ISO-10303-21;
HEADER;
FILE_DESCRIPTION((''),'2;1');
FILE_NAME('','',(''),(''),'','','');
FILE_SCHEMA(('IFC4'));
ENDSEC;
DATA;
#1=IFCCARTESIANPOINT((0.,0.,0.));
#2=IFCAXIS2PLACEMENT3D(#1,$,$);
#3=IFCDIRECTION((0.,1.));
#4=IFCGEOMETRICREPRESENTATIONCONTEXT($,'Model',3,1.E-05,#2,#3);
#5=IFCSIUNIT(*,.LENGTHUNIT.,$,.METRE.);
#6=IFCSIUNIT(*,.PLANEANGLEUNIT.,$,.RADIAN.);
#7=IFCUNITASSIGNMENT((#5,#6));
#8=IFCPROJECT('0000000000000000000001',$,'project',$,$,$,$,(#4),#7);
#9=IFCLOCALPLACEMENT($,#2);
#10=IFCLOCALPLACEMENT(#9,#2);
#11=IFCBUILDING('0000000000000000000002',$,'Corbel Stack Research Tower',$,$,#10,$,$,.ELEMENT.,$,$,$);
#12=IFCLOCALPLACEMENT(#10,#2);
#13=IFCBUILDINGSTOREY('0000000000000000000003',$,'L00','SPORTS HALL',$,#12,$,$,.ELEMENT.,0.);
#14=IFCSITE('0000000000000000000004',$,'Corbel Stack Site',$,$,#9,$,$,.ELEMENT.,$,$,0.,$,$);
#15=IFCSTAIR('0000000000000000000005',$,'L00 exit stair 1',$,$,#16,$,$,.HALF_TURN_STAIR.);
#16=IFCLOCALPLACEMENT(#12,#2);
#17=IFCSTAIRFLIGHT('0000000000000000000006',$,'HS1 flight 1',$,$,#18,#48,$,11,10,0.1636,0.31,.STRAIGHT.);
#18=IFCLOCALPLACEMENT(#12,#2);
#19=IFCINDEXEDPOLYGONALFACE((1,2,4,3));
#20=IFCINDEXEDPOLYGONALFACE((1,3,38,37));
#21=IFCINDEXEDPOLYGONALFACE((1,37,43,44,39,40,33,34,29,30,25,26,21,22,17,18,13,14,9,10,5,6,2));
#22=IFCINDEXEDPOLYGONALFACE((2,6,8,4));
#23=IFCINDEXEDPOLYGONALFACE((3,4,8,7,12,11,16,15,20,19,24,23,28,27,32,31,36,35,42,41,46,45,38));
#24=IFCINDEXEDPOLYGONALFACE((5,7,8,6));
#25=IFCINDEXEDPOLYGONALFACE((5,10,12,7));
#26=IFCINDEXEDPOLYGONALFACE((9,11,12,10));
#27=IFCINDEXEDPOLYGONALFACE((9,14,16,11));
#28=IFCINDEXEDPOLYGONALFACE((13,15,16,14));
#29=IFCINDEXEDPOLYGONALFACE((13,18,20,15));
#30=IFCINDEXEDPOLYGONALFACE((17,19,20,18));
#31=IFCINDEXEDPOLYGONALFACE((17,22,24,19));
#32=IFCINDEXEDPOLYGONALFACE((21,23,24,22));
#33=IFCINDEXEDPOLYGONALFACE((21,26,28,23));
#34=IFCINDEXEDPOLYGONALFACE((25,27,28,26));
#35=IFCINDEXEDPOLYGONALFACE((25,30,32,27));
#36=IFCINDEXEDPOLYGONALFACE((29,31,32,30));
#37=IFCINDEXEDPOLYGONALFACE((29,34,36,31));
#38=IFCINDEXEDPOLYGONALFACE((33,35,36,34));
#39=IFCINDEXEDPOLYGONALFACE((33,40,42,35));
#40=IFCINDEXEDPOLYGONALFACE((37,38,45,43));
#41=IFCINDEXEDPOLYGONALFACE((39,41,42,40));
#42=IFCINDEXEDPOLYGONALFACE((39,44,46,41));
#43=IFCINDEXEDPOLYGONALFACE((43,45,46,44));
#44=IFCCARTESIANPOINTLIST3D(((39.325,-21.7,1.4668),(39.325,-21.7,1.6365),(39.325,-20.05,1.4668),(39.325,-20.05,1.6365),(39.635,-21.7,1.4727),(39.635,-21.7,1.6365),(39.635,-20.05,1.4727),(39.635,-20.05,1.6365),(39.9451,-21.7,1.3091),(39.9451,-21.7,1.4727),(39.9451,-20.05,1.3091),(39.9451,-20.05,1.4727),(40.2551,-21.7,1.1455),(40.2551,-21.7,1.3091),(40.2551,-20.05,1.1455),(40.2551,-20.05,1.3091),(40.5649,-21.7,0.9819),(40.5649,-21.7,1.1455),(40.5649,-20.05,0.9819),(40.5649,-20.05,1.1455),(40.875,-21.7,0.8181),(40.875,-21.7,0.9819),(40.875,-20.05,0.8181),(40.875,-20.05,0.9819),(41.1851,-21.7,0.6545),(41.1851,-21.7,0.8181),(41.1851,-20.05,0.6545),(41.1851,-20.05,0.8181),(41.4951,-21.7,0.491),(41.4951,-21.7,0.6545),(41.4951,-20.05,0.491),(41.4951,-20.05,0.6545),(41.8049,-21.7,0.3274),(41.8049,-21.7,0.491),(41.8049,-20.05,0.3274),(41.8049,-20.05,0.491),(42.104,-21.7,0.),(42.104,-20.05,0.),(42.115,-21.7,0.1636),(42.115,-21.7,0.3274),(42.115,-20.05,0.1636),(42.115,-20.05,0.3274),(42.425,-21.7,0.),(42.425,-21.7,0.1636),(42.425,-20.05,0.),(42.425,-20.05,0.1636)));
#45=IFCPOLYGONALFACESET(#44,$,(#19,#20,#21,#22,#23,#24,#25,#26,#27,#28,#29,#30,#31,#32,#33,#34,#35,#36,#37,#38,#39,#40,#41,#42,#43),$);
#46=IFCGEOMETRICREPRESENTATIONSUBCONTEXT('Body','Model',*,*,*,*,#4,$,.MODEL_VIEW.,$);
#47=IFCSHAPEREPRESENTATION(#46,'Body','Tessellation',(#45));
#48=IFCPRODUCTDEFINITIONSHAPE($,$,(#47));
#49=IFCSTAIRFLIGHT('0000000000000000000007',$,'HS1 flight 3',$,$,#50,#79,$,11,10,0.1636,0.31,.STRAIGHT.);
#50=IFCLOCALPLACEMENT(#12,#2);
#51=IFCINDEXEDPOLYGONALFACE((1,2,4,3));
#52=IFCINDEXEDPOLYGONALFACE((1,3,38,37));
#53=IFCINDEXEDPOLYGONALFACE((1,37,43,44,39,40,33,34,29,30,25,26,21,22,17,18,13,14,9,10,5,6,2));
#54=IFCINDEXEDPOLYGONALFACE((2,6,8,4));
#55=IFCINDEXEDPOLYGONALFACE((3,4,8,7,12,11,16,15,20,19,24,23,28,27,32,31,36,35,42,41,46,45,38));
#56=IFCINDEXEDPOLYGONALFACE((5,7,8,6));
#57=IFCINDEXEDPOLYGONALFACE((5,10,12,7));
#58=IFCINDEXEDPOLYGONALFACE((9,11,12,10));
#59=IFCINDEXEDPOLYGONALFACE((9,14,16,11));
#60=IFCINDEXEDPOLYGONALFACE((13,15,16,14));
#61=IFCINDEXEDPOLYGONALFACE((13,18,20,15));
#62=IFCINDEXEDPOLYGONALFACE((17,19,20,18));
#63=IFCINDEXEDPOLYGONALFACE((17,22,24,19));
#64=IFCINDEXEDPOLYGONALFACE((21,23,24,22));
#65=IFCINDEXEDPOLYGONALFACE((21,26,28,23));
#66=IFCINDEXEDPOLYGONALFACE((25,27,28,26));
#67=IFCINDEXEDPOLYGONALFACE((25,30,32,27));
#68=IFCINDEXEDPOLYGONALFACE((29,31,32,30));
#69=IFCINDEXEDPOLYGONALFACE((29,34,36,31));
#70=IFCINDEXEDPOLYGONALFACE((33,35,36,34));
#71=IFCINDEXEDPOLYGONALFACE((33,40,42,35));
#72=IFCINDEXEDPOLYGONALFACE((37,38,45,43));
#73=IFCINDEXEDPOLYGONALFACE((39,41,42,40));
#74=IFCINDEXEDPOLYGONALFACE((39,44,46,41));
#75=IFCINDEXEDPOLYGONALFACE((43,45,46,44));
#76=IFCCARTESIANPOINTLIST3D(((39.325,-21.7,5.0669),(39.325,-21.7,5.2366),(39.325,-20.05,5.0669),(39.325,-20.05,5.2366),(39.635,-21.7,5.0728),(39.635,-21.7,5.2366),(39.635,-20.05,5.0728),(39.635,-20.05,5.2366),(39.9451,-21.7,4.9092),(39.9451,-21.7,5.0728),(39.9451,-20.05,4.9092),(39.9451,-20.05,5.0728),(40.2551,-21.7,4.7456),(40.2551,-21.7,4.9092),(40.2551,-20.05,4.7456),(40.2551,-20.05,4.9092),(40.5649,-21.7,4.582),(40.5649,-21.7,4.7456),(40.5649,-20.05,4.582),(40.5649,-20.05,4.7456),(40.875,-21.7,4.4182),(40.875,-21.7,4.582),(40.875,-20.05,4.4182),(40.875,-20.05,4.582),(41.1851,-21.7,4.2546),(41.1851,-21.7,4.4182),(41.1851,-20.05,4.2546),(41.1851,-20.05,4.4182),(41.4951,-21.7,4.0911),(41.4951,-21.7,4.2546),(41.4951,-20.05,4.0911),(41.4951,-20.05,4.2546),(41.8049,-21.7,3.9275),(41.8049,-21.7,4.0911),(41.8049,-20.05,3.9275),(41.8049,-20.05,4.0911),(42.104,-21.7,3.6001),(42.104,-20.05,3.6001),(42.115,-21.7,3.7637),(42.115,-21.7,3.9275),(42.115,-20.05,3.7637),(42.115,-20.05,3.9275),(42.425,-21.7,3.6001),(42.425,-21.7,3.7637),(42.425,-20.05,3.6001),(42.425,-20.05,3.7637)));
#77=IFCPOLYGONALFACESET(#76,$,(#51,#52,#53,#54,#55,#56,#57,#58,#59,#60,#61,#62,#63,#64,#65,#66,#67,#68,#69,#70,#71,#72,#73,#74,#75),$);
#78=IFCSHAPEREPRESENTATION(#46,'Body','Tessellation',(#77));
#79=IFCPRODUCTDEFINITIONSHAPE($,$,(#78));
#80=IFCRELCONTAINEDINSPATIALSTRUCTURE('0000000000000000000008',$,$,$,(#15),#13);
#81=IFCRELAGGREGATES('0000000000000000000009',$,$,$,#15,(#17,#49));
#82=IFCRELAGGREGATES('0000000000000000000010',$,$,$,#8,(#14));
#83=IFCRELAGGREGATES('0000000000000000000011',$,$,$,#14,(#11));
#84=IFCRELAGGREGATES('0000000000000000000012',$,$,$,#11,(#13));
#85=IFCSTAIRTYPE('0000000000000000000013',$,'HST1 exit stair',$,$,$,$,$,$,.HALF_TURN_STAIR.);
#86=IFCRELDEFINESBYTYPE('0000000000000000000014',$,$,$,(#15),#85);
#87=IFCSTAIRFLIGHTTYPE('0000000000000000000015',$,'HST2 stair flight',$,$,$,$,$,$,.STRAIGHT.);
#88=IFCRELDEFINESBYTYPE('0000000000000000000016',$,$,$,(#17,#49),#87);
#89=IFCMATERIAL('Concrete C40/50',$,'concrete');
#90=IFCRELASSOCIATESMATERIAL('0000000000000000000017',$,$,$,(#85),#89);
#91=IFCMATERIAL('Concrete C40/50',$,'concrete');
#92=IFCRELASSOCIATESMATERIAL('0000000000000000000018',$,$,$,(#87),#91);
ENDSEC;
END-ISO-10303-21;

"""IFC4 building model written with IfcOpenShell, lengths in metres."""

from ifc_helpers import new_model, si_unit, direction, frame, origin, place, context, subcontext, project, spatial, polyline, outline, extrude, material, type_object, element, aggregate, save


model = new_model("IFC4")

# Units and contexts
model_context = context("Model", 3, precision=1e-05, world=origin(), true_north=direction((0.0, 1.0)))
body_context = subcontext(model_context, "Body", "Model", "MODEL_VIEW")
ifc_project = project(units=[si_unit("LENGTHUNIT", "METRE"), si_unit("PLANEANGLEUNIT", "RADIAN")], contexts=[model_context])

# Site, building, storey
site_placement = place(None, origin())
site = spatial("IfcSite", under=ifc_project, at=site_placement, Name="Corbel Stack Site", CompositionType="ELEMENT", RefElevation=0.0)
building_placement = place(site_placement, origin())
building = spatial("IfcBuilding", under=site, at=building_placement, Name="Corbel Stack Research Tower", CompositionType="ELEMENT")
storey_placement = place(building_placement, origin())
storey = spatial("IfcBuildingStorey", under=building, at=storey_placement, Name="L00", Description="SPORTS HALL", CompositionType="ELEMENT", Elevation=0.0)

# Stair, stair flights
ifc_material_1 = material(Name="Concrete C40/50", Category="concrete")
stair_type = type_object("IfcStairType", Name="HST1 exit stair", PredefinedType="HALF_TURN_STAIR", material=ifc_material_1)
stair_placement = place(storey_placement, origin())
stair = element("IfcStair", 1, at=stair_placement, inside=storey, type_object=stair_type, Name="L00 exit stair 1", PredefinedType="HALF_TURN_STAIR")
ifc_material_2 = material(Name="Concrete C40/50", Category="concrete")
stair_flight_type = type_object("IfcStairFlightType", Name="HST2 stair flight", PredefinedType="STRAIGHT", material=ifc_material_2)
stair_flight_1_placement = place(storey_placement, frame((42.425, -20.875, 0.0), z_axis=(0.0, 0.0, 1.0), x_axis=(-1.0, 0.0, 0.0)))
stair_flight_1 = element("IfcStairFlight", 2, at=stair_flight_1_placement, type_object=stair_flight_type, Name="HS1 flight 1", NumberOfRisers=11, NumberOfTreads=10, PredefinedType="STRAIGHT", RiserHeight=0.1636, TreadLength=0.31, context=body_context, shape_type="SweptSolid", body=[
    extrude(outline(polyline([(0.0, 0.0), (0.0, 0.1636), (0.3101, 0.1636), (0.3101, 0.3274), (0.6201, 0.3274), (0.6201, 0.491), (0.9299, 0.491), (0.9299, 0.6545), (1.24, 0.6545), (1.24, 0.8181), (1.55, 0.8181), (1.55, 0.9819), (1.8601, 0.9819), (1.8601, 1.1455), (2.1699, 1.1455), (2.1699, 1.3091), (2.48, 1.3091), (2.48, 1.4727), (2.79, 1.4727), (2.79, 1.6365), (3.1001, 1.6365), (3.1001, 1.8), (3.1001, 1.4668), (0.321, 0.0), (0.0, 0.0)])), frame((0.0, 0.825, 0.0), z_axis=(0.0, -1.0, 0.0), x_axis=(1.0, 0.0, 0.0)), (0.0, 0.0, 1.0), 1.6499),
])
stair_flight_2_placement = place(storey_placement, frame((42.425, -20.875, 3.6001), z_axis=(0.0, 0.0, 1.0), x_axis=(-1.0, 0.0, 0.0)))
stair_flight_2 = element("IfcStairFlight", 3, at=stair_flight_2_placement, type_object=stair_flight_type, Name="HS1 flight 3", NumberOfRisers=11, NumberOfTreads=10, PredefinedType="STRAIGHT", RiserHeight=0.1636, TreadLength=0.31, context=body_context, shape_type="SweptSolid", body=[
    extrude(outline(polyline([(0.0, 0.0), (0.0, 0.1636), (0.3101, 0.1636), (0.3101, 0.3274), (0.6201, 0.3274), (0.6201, 0.491), (0.9299, 0.491), (0.9299, 0.6545), (1.24, 0.6545), (1.24, 0.8181), (1.55, 0.8181), (1.55, 0.9819), (1.8601, 0.9819), (1.8601, 1.1455), (2.1699, 1.1455), (2.1699, 1.3091), (2.48, 1.3091), (2.48, 1.4727), (2.79, 1.4727), (2.79, 1.6365), (3.1001, 1.6365), (3.1001, 1.8), (3.1001, 1.4668), (0.321, 0.0), (0.0, 0.0)])), frame((0.0, 0.825, 0.0), z_axis=(0.0, -1.0, 0.0), x_axis=(1.0, 0.0, 0.0)), (0.0, 0.0, 1.0), 1.6499),
])
aggregate(stair, [stair_flight_1, stair_flight_2])

save(model, "model.ifc")
